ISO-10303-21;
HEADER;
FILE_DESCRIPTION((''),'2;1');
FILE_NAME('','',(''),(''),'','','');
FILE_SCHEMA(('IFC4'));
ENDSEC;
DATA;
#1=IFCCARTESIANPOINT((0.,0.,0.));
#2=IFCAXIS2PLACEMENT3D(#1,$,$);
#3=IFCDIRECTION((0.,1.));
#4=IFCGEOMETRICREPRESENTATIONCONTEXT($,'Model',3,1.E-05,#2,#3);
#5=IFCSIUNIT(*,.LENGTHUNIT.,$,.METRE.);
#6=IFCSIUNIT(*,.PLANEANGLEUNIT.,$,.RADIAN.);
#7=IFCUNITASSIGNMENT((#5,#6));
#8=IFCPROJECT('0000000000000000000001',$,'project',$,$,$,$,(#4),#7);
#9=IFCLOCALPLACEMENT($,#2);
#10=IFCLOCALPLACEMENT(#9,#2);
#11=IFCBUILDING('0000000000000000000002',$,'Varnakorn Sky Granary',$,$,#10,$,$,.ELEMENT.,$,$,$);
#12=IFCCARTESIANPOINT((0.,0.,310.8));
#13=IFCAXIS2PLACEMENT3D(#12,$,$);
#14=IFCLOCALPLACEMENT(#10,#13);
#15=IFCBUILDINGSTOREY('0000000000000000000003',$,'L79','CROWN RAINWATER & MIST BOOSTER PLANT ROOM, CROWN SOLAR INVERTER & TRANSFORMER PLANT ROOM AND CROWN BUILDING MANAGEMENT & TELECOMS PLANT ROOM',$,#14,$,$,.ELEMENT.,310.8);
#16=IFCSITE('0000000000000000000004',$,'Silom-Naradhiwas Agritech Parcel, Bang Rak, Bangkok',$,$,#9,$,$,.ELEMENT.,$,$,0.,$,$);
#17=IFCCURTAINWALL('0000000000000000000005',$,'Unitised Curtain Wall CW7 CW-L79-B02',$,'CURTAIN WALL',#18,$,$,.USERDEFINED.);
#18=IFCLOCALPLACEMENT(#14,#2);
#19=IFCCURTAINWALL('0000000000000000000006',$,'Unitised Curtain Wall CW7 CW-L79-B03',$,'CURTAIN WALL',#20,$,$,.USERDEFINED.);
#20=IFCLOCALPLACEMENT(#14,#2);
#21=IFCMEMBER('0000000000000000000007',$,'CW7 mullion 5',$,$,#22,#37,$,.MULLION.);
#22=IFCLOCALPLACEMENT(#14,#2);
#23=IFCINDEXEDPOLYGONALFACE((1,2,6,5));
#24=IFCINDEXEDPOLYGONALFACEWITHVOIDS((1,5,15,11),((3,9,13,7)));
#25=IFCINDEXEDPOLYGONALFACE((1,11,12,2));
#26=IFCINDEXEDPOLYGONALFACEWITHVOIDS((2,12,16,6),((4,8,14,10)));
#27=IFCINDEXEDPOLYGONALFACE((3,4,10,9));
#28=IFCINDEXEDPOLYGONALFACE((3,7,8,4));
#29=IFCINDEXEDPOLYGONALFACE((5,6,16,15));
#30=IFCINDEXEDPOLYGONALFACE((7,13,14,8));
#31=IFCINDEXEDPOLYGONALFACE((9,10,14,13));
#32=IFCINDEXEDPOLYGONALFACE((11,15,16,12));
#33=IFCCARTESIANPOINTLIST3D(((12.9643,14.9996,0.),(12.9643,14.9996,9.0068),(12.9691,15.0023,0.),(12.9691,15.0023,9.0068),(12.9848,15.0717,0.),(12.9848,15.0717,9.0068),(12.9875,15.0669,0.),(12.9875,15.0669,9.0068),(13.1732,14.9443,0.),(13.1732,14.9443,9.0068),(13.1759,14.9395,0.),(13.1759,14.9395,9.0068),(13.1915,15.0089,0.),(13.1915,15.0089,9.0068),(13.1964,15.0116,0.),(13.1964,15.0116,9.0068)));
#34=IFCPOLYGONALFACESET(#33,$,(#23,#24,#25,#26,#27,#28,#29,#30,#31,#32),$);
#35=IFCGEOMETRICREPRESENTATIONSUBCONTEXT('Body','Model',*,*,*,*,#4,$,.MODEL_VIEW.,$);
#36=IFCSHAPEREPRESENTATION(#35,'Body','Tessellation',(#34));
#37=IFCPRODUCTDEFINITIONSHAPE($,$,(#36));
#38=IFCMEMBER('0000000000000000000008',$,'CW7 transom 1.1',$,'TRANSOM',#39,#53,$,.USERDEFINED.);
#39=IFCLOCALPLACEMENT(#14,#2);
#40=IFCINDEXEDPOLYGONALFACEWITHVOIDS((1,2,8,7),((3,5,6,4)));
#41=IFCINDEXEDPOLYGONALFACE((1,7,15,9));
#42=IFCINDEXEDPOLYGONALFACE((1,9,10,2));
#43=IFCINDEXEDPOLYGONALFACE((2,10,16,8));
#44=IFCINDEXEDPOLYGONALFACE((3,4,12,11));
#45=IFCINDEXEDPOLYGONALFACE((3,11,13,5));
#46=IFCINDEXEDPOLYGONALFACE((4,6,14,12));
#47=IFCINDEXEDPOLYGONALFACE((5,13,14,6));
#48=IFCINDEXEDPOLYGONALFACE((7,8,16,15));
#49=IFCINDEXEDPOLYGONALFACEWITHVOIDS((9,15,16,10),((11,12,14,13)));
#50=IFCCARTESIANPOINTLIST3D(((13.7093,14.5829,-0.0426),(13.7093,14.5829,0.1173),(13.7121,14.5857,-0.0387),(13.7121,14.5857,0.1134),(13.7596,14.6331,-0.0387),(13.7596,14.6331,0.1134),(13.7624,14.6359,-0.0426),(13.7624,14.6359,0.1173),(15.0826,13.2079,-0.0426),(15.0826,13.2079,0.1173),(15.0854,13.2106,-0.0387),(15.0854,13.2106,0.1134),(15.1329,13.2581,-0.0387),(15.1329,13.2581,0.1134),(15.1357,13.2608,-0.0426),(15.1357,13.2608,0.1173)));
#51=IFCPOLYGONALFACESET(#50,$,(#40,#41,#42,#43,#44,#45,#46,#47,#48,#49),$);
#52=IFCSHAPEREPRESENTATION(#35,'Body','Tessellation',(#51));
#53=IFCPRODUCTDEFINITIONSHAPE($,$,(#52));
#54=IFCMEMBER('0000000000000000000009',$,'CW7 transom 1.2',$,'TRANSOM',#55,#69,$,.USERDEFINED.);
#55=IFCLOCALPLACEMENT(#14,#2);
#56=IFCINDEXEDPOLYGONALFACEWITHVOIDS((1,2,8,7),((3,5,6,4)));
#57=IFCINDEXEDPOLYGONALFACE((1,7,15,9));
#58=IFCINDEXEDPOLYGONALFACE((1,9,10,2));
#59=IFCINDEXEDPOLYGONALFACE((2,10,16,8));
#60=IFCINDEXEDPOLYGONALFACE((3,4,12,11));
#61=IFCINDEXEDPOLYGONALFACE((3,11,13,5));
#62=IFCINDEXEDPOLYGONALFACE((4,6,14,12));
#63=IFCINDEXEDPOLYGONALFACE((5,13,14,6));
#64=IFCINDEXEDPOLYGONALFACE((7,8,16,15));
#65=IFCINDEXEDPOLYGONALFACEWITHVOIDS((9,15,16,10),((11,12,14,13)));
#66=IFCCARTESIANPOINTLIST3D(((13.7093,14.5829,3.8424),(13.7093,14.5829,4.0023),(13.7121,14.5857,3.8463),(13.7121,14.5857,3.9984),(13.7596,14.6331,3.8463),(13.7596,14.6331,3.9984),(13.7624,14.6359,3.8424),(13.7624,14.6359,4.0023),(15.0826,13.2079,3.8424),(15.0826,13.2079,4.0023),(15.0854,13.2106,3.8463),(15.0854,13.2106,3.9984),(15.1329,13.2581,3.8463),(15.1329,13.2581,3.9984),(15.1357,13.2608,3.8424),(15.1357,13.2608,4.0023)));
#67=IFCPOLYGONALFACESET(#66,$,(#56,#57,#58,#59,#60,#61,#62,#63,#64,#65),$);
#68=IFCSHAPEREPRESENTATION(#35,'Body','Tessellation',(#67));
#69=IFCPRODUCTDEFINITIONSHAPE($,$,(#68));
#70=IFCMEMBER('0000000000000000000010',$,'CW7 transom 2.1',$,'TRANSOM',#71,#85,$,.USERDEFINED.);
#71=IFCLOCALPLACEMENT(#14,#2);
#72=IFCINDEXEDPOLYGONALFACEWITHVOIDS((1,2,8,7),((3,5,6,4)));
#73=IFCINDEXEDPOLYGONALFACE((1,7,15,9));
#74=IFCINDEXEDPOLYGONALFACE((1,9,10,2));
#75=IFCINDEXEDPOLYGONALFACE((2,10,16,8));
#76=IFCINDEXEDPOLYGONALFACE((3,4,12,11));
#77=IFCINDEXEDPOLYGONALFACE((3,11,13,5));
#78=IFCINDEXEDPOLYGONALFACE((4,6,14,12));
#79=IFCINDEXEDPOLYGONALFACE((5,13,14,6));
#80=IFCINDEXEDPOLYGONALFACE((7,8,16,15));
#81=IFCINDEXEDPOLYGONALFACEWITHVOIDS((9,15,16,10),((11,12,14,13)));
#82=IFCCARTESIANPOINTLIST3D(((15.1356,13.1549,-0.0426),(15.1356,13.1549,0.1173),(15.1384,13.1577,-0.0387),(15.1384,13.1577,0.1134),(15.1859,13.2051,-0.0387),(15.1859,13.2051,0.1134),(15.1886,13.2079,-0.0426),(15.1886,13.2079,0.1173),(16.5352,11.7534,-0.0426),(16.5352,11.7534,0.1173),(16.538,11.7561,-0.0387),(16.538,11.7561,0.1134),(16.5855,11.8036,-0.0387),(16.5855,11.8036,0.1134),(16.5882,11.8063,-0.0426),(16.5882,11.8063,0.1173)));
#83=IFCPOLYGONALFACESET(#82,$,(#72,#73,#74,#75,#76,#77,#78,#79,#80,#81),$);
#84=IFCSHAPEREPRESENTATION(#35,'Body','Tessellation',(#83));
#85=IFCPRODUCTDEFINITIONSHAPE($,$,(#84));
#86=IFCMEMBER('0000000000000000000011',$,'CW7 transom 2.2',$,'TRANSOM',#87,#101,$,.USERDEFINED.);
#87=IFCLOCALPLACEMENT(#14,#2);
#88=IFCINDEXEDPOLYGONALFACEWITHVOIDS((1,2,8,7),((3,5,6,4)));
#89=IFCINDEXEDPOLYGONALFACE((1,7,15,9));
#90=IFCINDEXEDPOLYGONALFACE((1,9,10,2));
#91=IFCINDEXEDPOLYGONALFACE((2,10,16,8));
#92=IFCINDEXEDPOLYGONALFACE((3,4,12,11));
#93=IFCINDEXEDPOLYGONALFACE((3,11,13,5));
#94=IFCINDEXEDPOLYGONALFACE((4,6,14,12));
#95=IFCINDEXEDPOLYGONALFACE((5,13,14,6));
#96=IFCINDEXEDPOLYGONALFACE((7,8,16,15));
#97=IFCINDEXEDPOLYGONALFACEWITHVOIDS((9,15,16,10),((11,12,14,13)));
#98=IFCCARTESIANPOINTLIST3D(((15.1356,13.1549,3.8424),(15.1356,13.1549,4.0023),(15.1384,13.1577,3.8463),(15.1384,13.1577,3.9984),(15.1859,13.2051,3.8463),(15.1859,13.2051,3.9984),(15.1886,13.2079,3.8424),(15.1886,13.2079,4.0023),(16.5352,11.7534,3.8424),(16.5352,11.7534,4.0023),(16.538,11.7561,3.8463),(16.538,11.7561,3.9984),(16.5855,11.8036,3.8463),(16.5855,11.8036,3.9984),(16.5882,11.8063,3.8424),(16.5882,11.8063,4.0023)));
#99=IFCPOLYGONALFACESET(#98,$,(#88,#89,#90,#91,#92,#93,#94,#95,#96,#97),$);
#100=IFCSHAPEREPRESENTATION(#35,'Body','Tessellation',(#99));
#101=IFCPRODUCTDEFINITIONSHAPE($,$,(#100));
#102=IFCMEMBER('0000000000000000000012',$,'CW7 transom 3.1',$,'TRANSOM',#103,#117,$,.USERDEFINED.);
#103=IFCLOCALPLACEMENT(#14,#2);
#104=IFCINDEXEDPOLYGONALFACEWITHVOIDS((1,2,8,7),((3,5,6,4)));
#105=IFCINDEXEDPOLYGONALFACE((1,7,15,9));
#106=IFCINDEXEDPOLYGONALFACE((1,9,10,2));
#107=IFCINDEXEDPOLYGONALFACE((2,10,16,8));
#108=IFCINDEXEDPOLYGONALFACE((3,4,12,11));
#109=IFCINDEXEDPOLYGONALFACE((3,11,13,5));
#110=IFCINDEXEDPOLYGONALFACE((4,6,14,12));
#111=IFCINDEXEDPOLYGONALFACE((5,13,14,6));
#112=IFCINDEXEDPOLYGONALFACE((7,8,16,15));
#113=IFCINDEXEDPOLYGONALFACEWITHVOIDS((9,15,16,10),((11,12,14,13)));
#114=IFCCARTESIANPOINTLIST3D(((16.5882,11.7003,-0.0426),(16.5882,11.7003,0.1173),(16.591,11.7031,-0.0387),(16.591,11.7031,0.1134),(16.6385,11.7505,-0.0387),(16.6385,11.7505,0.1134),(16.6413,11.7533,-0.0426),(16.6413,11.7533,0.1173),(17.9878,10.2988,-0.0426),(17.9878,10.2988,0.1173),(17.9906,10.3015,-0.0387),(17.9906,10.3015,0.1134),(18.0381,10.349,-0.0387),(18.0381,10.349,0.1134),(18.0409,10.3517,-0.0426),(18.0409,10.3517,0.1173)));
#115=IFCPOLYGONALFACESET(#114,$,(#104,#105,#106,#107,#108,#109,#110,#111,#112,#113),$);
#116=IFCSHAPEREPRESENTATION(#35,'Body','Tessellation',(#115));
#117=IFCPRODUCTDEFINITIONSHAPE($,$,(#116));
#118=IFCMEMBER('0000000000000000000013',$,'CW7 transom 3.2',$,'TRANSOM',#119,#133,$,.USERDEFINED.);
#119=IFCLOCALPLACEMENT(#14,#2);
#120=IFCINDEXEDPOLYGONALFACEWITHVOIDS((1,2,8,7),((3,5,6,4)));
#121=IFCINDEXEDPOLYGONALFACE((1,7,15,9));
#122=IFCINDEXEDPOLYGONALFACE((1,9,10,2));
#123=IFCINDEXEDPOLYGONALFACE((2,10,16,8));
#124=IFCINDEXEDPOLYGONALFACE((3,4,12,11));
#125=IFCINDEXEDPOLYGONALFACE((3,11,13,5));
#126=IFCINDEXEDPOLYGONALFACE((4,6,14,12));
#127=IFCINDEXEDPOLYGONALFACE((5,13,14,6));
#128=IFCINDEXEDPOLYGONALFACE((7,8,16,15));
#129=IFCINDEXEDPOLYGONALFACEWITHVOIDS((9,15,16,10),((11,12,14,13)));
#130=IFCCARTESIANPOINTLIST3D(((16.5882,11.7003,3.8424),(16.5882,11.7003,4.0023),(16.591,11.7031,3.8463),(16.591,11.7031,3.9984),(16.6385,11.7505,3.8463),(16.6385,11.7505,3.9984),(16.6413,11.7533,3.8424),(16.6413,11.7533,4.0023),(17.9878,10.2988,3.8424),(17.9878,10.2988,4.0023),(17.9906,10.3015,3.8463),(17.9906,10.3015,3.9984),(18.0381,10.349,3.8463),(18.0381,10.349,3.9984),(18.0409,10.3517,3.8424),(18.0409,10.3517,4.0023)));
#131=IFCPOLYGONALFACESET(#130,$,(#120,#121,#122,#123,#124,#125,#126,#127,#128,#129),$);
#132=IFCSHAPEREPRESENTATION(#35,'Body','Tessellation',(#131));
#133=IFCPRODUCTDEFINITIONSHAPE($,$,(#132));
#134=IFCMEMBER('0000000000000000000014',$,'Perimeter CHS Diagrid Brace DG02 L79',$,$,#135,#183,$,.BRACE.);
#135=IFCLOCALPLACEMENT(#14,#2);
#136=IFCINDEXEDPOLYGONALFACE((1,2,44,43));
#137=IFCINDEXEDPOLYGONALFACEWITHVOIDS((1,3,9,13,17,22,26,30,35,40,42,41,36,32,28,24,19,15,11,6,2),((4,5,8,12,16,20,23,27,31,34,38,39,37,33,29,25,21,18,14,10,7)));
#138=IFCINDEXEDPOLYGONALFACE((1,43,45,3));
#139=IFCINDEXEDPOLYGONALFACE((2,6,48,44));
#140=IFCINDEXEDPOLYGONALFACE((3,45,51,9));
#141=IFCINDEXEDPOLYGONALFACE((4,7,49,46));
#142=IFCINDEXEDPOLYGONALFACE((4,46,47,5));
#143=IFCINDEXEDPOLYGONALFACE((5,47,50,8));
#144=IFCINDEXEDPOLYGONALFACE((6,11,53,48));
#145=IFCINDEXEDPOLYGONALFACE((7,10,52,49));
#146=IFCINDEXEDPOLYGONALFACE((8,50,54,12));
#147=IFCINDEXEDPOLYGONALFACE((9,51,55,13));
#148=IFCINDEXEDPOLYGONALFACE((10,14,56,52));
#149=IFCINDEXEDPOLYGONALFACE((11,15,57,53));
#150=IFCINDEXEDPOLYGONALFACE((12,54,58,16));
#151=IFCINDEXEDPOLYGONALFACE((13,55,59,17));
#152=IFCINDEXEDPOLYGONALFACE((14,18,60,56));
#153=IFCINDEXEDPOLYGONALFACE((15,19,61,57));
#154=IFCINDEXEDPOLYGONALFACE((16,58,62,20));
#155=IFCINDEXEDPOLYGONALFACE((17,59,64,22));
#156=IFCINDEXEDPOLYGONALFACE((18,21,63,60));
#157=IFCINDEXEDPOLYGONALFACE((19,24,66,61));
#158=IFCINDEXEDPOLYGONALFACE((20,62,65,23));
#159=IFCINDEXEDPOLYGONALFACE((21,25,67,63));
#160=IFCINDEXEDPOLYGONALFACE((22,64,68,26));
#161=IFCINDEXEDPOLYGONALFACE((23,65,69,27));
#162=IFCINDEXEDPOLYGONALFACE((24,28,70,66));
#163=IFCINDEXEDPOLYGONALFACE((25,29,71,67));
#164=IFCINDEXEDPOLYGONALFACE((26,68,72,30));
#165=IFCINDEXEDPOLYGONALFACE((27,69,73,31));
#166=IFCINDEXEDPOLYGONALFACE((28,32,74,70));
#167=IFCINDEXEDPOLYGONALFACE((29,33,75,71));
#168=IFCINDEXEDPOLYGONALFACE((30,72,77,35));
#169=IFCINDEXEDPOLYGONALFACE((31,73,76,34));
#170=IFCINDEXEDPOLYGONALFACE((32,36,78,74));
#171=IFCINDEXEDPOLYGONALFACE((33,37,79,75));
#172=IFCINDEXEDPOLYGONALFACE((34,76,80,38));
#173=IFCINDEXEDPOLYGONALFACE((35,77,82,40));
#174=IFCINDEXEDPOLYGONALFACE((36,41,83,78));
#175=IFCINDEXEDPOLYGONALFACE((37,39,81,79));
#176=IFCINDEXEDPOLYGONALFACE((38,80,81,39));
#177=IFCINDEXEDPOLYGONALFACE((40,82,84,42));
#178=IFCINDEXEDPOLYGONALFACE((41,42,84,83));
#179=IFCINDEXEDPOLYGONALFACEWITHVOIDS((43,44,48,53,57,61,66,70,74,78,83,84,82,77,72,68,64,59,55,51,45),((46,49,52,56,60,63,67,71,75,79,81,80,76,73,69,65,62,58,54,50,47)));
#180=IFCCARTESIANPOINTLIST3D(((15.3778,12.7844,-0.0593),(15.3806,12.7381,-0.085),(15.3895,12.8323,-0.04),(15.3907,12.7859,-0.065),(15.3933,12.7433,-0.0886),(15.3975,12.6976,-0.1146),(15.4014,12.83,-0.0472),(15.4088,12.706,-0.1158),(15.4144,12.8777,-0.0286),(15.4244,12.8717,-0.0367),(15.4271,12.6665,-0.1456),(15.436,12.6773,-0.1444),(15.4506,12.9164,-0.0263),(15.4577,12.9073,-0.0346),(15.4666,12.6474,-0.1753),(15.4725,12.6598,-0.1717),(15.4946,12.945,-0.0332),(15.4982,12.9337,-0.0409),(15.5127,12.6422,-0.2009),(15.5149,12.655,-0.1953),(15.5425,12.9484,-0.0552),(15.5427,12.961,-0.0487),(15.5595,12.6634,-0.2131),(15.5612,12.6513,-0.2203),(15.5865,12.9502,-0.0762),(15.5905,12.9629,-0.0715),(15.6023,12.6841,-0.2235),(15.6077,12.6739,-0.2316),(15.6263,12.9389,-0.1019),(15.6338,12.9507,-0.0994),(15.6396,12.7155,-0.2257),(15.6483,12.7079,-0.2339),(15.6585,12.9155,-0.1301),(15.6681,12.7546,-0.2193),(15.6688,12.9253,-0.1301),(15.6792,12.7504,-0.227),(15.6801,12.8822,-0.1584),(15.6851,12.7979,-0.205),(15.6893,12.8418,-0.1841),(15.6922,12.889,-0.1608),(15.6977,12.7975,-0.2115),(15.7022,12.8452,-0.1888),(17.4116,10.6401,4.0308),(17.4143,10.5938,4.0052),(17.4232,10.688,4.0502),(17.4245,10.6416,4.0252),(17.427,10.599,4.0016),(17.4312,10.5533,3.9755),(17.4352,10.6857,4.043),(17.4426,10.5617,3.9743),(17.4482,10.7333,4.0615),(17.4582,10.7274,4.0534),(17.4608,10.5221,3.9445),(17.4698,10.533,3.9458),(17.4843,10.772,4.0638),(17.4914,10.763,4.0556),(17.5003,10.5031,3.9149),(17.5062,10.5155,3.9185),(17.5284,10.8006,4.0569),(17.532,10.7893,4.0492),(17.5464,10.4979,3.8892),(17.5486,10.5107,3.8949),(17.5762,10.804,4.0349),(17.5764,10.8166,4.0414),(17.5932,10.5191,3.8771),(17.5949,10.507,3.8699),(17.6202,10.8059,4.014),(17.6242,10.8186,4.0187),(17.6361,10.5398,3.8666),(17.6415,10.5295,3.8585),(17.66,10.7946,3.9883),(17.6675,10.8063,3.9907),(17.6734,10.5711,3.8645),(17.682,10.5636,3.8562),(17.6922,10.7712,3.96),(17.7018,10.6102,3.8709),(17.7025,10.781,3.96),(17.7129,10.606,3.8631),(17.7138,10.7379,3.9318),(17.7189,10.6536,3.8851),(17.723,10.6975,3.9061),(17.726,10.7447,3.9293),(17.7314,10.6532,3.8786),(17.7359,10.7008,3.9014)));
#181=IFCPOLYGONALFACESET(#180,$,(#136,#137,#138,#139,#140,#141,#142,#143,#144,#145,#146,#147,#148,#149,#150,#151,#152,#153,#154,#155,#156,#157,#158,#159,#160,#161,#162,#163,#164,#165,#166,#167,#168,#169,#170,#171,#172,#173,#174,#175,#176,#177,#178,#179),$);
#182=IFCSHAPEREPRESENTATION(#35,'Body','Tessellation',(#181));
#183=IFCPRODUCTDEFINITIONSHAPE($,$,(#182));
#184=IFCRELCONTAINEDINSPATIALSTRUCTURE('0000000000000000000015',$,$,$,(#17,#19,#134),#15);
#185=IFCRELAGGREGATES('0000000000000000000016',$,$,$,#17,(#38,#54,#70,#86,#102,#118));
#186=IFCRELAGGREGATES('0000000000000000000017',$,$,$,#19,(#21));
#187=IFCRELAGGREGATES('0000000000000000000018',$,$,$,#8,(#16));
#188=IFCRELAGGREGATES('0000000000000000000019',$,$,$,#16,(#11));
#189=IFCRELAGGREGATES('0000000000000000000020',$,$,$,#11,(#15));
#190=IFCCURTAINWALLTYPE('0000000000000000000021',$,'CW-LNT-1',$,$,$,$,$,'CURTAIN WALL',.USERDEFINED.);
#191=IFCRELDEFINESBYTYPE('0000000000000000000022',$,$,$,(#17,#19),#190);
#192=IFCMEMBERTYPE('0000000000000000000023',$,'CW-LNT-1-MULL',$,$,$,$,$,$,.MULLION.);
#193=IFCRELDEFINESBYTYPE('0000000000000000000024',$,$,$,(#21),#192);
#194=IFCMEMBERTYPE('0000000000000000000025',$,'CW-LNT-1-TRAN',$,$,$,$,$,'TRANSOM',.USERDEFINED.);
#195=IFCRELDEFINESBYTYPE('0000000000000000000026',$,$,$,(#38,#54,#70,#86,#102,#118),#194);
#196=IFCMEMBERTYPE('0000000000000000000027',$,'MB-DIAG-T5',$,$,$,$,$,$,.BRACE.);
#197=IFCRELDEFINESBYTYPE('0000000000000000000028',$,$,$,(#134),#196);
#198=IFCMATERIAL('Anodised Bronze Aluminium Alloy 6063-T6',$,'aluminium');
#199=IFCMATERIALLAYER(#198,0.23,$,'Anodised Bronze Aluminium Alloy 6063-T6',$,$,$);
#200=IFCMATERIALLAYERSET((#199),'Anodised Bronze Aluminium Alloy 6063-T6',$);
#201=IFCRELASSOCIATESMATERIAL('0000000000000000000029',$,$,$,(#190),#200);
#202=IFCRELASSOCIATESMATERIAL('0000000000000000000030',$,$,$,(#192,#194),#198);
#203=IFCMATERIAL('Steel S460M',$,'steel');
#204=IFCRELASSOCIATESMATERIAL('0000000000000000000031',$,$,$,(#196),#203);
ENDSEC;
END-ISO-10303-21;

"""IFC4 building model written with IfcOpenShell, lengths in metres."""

from ifc_helpers import new_model, si_unit, direction, frame, origin, origin_2d, place, context, subcontext, project, spatial, hollow_rectangle, hollow_circle, extrude, material, layer, layer_set, material_profile, profile_set, type_object, element, aggregate, save


model = new_model("IFC4")

# Units and contexts
model_context = context("Model", 3, precision=1e-05, world=origin(), true_north=direction((0.0, 1.0)))
body_context = subcontext(model_context, "Body", "Model", "MODEL_VIEW")
ifc_project = project(units=[si_unit("LENGTHUNIT", "METRE"), si_unit("PLANEANGLEUNIT", "RADIAN")], contexts=[model_context])

# Site, building, storey
site_placement = place(None, origin())
site = spatial("IfcSite", under=ifc_project, at=site_placement, Name="Silom-Naradhiwas Agritech Parcel, Bang Rak, Bangkok", CompositionType="ELEMENT", RefElevation=0.0)
building_placement = place(site_placement, origin())
building = spatial("IfcBuilding", under=site, at=building_placement, Name="Varnakorn Sky Granary", CompositionType="ELEMENT")
storey_placement = place(building_placement, frame((0.0, 0.0, 310.8)))
storey = spatial("IfcBuildingStorey", under=building, at=storey_placement, Name="L79", Description="CROWN RAINWATER & MIST BOOSTER PLANT ROOM, CROWN SOLAR INVERTER & TRANSFORMER PLANT ROOM AND CROWN BUILDING MANAGEMENT & TELECOMS PLANT ROOM", CompositionType="ELEMENT", Elevation=310.8)

# Shared definitions
ifc_material_1 = material(Name="Steel S460M", Category="steel")

# Curtain wall
ifc_material_2 = material(Name="Anodised Bronze Aluminium Alloy 6063-T6", Category="aluminium")
ifc_layer_1 = layer(ifc_material_2, 0.23, Name="Anodised Bronze Aluminium Alloy 6063-T6")
ifc_layer_set_1 = layer_set([ifc_layer_1], Name="Anodised Bronze Aluminium Alloy 6063-T6")
curtain_wall_type = type_object("IfcCurtainWallType", Name="CW-LNT-1", ElementType="CURTAIN WALL", PredefinedType="USERDEFINED", material=ifc_layer_set_1)
curtain_wall_1_placement = place(storey_placement, origin())
curtain_wall_1 = element("IfcCurtainWall", 1, at=curtain_wall_1_placement, inside=storey, type_object=curtain_wall_type, Name="Unitised Curtain Wall CW7 CW-L79-B02", ObjectType="CURTAIN WALL", PredefinedType="USERDEFINED")
ifc_material_profile_1 = material_profile(ifc_material_2, hollow_rectangle(XDim=0.075, YDim=0.22, WallThickness=0.0039, at=origin_2d()), Name="ALU MULL 75x220")
ifc_profile_set_1 = profile_set([ifc_material_profile_1], Name="Anodised Bronze Aluminium Alloy 6063-T6")
member_type_1 = type_object("IfcMemberType", Name="CW-LNT-1-MULL", PredefinedType="MULLION", material=ifc_profile_set_1)

# Curtain wall, member
curtain_wall_2_placement = place(storey_placement, origin())
curtain_wall_2 = element("IfcCurtainWall", 2, at=curtain_wall_2_placement, inside=storey, type_object=curtain_wall_type, Name="Unitised Curtain Wall CW7 CW-L79-B03", ObjectType="CURTAIN WALL", PredefinedType="USERDEFINED")
member_1_placement = place(storey_placement, frame((13.0803, 15.0056, 0.0), z_axis=(0.0, 0.0, 1.0), x_axis=(0.273207, 0.961955, 0.0)))
member_1 = element("IfcMember", 3, at=member_1_placement, type_object=member_type_1, Name="CW7 mullion 5", PredefinedType="MULLION", context=body_context, shape_type="SweptSolid", body=[
    extrude(hollow_rectangle(XDim=0.075, YDim=0.22, WallThickness=0.0039, at=origin_2d()), origin(), (0.0, 0.0, 1.0), 9.0068),
])

# Members
ifc_material_profile_2 = material_profile(ifc_material_2, hollow_rectangle(XDim=0.075, YDim=0.1599, WallThickness=0.0039, at=origin_2d()), Name="ALU TRAN 75x160")
ifc_profile_set_2 = profile_set([ifc_material_profile_2], Name="Anodised Bronze Aluminium Alloy 6063-T6")
member_type_2 = type_object("IfcMemberType", Name="CW-LNT-1-TRAN", ElementType="TRANSOM", PredefinedType="USERDEFINED", material=ifc_profile_set_2)
member_2_placement = place(storey_placement, frame((13.7358, 14.6094, 0.0374), z_axis=(0.706667, -0.707546, 0.0), x_axis=(0.707546, 0.706667, 0.0)))
member_2 = element("IfcMember", 4, at=member_2_placement, type_object=member_type_2, Name="CW7 transom 1.1", ObjectType="TRANSOM", PredefinedType="USERDEFINED", context=body_context, shape_type="SweptSolid", body=[
    extrude(hollow_rectangle(XDim=0.075, YDim=0.1599, WallThickness=0.0039, at=origin_2d()), origin(), (0.0, 0.0, 1.0), 1.9434),
])
member_3_placement = place(storey_placement, frame((13.7358, 14.6094, 3.9224), z_axis=(0.706667, -0.707546, 0.0), x_axis=(0.707546, 0.706667, 0.0)))
member_3 = element("IfcMember", 5, at=member_3_placement, type_object=member_type_2, Name="CW7 transom 1.2", ObjectType="TRANSOM", PredefinedType="USERDEFINED", context=body_context, shape_type="SweptSolid", body=[
    extrude(hollow_rectangle(XDim=0.075, YDim=0.1599, WallThickness=0.0039, at=origin_2d()), origin(), (0.0, 0.0, 1.0), 1.9434),
])
member_4_placement = place(storey_placement, frame((15.1621, 13.1814, 0.0374), z_axis=(0.706614, -0.7076, 0.0), x_axis=(0.7076, 0.706614, 0.0)))
member_4 = element("IfcMember", 6, at=member_4_placement, type_object=member_type_2, Name="CW7 transom 2.1", ObjectType="TRANSOM", PredefinedType="USERDEFINED", context=body_context, shape_type="SweptSolid", body=[
    extrude(hollow_rectangle(XDim=0.075, YDim=0.1599, WallThickness=0.0039, at=origin_2d()), origin(), (0.0, 0.0, 1.0), 1.9807),
])
member_5_placement = place(storey_placement, frame((15.1621, 13.1814, 3.9224), z_axis=(0.706614, -0.7076, 0.0), x_axis=(0.7076, 0.706614, 0.0)))
member_5 = element("IfcMember", 7, at=member_5_placement, type_object=member_type_2, Name="CW7 transom 2.2", ObjectType="TRANSOM", PredefinedType="USERDEFINED", context=body_context, shape_type="SweptSolid", body=[
    extrude(hollow_rectangle(XDim=0.075, YDim=0.1599, WallThickness=0.0039, at=origin_2d()), origin(), (0.0, 0.0, 1.0), 1.9807),
])
member_6_placement = place(storey_placement, frame((16.6147, 11.7268, 0.0374), z_axis=(0.706614, -0.7076, 0.0), x_axis=(0.7076, 0.706614, 0.0)))
member_6 = element("IfcMember", 8, at=member_6_placement, type_object=member_type_2, Name="CW7 transom 3.1", ObjectType="TRANSOM", PredefinedType="USERDEFINED", context=body_context, shape_type="SweptSolid", body=[
    extrude(hollow_rectangle(XDim=0.075, YDim=0.1599, WallThickness=0.0039, at=origin_2d()), origin(), (0.0, 0.0, 1.0), 1.9807),
])
member_7_placement = place(storey_placement, frame((16.6147, 11.7268, 3.9224), z_axis=(0.706614, -0.7076, 0.0), x_axis=(0.7076, 0.706614, 0.0)))
member_7 = element("IfcMember", 9, at=member_7_placement, type_object=member_type_2, Name="CW7 transom 3.2", ObjectType="TRANSOM", PredefinedType="USERDEFINED", context=body_context, shape_type="SweptSolid", body=[
    extrude(hollow_rectangle(XDim=0.075, YDim=0.1599, WallThickness=0.0039, at=origin_2d()), origin(), (0.0, 0.0, 1.0), 1.9807),
])
ifc_material_profile_3 = material_profile(ifc_material_1, hollow_circle(Radius=0.1777, WallThickness=0.0142, at=origin_2d()), Name="CHS 355.6x14")
ifc_profile_set_3 = profile_set([ifc_material_profile_3], Name="Steel S460M")
member_type_3 = type_object("IfcMemberType", Name="MB-DIAG-T5", PredefinedType="BRACE", material=ifc_profile_set_3)
member_8_placement = place(storey_placement, frame((15.5398, 12.803, -0.1301), z_axis=(0.403026, -0.424943, 0.810551), x_axis=(0.725571, 0.688148, 0.0)))
element("IfcMember", 10, at=member_8_placement, inside=storey, type_object=member_type_3, Name="Perimeter CHS Diagrid Brace DG02 L79", PredefinedType="BRACE", context=body_context, shape_type="SweptSolid", body=[
    extrude(hollow_circle(Radius=0.1777, WallThickness=0.0142, at=origin_2d()), origin(), (0.0, 0.0, 1.0), 5.0461),
])

aggregate(curtain_wall_1, [member_2, member_3, member_4, member_5, member_6, member_7])
aggregate(curtain_wall_2, [member_1])

save(model, "model.ifc")
